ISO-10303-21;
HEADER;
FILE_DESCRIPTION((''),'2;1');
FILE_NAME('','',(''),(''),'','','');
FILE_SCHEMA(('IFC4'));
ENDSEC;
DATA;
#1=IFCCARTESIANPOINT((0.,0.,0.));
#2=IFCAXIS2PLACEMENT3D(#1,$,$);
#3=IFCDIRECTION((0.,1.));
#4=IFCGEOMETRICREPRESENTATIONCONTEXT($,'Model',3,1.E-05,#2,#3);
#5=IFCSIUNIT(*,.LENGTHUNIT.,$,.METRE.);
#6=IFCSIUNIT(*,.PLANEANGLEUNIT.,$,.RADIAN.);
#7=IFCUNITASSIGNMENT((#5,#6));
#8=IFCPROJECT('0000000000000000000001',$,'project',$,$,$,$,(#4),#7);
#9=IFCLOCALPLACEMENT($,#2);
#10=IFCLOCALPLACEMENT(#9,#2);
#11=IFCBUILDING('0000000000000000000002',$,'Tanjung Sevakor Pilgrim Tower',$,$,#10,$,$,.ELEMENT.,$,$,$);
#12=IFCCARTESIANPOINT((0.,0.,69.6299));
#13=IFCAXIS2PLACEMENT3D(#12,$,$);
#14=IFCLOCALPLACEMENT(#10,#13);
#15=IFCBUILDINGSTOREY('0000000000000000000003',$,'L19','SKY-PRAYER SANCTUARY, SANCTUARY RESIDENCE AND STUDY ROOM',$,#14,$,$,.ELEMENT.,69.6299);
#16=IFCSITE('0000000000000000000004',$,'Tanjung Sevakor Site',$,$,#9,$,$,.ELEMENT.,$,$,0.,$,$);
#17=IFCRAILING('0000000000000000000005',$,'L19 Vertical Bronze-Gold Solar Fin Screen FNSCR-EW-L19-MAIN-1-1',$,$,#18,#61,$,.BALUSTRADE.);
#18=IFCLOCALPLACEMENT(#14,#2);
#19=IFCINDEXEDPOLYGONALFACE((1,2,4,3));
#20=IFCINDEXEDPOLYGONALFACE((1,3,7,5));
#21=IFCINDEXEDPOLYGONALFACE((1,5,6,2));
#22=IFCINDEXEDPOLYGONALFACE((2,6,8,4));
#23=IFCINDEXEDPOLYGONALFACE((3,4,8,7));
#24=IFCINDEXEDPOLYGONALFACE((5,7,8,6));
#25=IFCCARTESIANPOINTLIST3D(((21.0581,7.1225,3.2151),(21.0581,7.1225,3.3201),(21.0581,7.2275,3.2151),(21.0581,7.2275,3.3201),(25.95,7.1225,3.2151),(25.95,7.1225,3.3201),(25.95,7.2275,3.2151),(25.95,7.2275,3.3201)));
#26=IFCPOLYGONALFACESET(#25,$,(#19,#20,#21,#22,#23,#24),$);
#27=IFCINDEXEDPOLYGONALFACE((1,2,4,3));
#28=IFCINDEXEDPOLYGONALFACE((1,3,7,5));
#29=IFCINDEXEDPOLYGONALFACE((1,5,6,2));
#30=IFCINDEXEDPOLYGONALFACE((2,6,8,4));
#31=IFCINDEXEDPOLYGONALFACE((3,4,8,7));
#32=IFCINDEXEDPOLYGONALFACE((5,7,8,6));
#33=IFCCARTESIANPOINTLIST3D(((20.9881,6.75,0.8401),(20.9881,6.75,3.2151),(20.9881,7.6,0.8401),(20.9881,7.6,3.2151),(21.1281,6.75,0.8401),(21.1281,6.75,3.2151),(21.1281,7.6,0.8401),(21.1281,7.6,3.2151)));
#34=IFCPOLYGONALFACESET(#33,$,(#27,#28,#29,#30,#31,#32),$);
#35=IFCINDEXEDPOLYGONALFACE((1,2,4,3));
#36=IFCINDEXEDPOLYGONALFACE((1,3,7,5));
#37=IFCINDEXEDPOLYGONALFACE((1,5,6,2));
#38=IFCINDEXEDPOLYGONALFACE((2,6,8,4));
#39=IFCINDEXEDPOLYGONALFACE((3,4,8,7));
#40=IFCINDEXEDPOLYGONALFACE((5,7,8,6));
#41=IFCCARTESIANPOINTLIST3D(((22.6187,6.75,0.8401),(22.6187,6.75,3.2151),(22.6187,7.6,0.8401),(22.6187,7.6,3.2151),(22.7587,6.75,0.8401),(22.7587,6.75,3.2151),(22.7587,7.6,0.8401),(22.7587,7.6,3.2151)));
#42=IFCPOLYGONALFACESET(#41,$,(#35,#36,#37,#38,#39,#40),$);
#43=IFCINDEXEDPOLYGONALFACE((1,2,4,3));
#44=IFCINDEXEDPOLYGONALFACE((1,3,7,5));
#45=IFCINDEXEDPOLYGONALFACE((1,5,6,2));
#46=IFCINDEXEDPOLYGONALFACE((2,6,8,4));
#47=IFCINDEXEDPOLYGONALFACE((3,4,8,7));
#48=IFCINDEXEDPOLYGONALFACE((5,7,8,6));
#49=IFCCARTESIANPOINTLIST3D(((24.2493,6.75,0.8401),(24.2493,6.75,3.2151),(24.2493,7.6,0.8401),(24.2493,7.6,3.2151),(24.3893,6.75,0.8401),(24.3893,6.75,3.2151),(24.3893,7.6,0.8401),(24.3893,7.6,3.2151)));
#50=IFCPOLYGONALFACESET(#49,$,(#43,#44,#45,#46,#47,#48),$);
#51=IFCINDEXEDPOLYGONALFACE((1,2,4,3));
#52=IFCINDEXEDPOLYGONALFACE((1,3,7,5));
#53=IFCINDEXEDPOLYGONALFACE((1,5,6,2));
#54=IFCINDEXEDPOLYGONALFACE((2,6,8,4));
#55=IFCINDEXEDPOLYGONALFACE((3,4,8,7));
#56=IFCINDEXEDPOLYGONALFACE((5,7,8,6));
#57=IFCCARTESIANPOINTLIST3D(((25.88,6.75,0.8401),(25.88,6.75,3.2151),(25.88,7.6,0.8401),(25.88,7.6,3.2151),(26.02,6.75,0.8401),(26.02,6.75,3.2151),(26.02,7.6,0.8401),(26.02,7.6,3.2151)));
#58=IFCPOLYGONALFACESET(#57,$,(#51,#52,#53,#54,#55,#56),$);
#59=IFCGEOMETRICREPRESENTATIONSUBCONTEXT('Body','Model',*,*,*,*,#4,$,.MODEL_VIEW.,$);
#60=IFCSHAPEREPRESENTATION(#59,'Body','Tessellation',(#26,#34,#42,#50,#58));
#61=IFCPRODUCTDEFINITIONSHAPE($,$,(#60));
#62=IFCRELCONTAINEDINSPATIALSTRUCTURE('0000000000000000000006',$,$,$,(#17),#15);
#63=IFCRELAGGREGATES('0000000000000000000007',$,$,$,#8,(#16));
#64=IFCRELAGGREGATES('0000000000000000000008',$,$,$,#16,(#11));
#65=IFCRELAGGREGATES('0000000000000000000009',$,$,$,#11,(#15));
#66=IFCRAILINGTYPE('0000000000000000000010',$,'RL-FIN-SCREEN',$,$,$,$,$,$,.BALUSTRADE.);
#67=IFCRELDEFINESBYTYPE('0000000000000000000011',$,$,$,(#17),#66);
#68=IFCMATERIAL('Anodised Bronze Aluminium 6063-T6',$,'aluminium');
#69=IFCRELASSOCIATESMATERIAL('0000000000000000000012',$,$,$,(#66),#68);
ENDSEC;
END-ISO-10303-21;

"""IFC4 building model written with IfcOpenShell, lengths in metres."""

from ifc_helpers import new_model, si_unit, direction, frame, origin, place, context, subcontext, project, spatial, rectangle, extrude, material, type_object, element, save


model = new_model("IFC4")

# Units and contexts
model_context = context("Model", 3, precision=1e-05, world=origin(), true_north=direction((0.0, 1.0)))
body_context = subcontext(model_context, "Body", "Model", "MODEL_VIEW")
ifc_project = project(units=[si_unit("LENGTHUNIT", "METRE"), si_unit("PLANEANGLEUNIT", "RADIAN")], contexts=[model_context])

# Site, building, storey
site_placement = place(None, origin())
site = spatial("IfcSite", under=ifc_project, at=site_placement, Name="Tanjung Sevakor Site", CompositionType="ELEMENT", RefElevation=0.0)
building_placement = place(site_placement, origin())
building = spatial("IfcBuilding", under=site, at=building_placement, Name="Tanjung Sevakor Pilgrim Tower", CompositionType="ELEMENT")
storey_placement = place(building_placement, frame((0.0, 0.0, 69.6299)))
storey = spatial("IfcBuildingStorey", under=building, at=storey_placement, Name="L19", Description="SKY-PRAYER SANCTUARY, SANCTUARY RESIDENCE AND STUDY ROOM", CompositionType="ELEMENT", Elevation=69.6299)

# Railing
ifc_material_1 = material(Name="Anodised Bronze Aluminium 6063-T6", Category="aluminium")
railing_type = type_object("IfcRailingType", Name="RL-FIN-SCREEN", PredefinedType="BALUSTRADE", material=ifc_material_1)
railing_placement = place(storey_placement, frame((21.0581, 7.175, 0.8401)))
element("IfcRailing", 1, at=railing_placement, inside=storey, type_object=railing_type, Name="L19 Vertical Bronze-Gold Solar Fin Screen FNSCR-EW-L19-MAIN-1-1", PredefinedType="BALUSTRADE", context=body_context, shape_type="SweptSolid", body=[
    extrude(rectangle(XDim=0.105, YDim=0.105), frame((0.0, 0.0, 2.4275), z_axis=(1.0, 0.0, 0.0), x_axis=(0.0, 1.0, 0.0)), (0.0, 0.0, 1.0), 4.8918),
    extrude(rectangle(XDim=0.14, YDim=0.85), origin(), (0.0, 0.0, 1.0), 2.375),
    extrude(rectangle(XDim=0.14, YDim=0.85), frame((1.6306, 0.0, 0.0)), (0.0, 0.0, 1.0), 2.375),
    extrude(rectangle(XDim=0.14, YDim=0.85), frame((3.2612, 0.0, 0.0)), (0.0, 0.0, 1.0), 2.375),
    extrude(rectangle(XDim=0.14, YDim=0.85), frame((4.8918, 0.0, 0.0)), (0.0, 0.0, 1.0), 2.375),
])

save(model, "model.ifc")
